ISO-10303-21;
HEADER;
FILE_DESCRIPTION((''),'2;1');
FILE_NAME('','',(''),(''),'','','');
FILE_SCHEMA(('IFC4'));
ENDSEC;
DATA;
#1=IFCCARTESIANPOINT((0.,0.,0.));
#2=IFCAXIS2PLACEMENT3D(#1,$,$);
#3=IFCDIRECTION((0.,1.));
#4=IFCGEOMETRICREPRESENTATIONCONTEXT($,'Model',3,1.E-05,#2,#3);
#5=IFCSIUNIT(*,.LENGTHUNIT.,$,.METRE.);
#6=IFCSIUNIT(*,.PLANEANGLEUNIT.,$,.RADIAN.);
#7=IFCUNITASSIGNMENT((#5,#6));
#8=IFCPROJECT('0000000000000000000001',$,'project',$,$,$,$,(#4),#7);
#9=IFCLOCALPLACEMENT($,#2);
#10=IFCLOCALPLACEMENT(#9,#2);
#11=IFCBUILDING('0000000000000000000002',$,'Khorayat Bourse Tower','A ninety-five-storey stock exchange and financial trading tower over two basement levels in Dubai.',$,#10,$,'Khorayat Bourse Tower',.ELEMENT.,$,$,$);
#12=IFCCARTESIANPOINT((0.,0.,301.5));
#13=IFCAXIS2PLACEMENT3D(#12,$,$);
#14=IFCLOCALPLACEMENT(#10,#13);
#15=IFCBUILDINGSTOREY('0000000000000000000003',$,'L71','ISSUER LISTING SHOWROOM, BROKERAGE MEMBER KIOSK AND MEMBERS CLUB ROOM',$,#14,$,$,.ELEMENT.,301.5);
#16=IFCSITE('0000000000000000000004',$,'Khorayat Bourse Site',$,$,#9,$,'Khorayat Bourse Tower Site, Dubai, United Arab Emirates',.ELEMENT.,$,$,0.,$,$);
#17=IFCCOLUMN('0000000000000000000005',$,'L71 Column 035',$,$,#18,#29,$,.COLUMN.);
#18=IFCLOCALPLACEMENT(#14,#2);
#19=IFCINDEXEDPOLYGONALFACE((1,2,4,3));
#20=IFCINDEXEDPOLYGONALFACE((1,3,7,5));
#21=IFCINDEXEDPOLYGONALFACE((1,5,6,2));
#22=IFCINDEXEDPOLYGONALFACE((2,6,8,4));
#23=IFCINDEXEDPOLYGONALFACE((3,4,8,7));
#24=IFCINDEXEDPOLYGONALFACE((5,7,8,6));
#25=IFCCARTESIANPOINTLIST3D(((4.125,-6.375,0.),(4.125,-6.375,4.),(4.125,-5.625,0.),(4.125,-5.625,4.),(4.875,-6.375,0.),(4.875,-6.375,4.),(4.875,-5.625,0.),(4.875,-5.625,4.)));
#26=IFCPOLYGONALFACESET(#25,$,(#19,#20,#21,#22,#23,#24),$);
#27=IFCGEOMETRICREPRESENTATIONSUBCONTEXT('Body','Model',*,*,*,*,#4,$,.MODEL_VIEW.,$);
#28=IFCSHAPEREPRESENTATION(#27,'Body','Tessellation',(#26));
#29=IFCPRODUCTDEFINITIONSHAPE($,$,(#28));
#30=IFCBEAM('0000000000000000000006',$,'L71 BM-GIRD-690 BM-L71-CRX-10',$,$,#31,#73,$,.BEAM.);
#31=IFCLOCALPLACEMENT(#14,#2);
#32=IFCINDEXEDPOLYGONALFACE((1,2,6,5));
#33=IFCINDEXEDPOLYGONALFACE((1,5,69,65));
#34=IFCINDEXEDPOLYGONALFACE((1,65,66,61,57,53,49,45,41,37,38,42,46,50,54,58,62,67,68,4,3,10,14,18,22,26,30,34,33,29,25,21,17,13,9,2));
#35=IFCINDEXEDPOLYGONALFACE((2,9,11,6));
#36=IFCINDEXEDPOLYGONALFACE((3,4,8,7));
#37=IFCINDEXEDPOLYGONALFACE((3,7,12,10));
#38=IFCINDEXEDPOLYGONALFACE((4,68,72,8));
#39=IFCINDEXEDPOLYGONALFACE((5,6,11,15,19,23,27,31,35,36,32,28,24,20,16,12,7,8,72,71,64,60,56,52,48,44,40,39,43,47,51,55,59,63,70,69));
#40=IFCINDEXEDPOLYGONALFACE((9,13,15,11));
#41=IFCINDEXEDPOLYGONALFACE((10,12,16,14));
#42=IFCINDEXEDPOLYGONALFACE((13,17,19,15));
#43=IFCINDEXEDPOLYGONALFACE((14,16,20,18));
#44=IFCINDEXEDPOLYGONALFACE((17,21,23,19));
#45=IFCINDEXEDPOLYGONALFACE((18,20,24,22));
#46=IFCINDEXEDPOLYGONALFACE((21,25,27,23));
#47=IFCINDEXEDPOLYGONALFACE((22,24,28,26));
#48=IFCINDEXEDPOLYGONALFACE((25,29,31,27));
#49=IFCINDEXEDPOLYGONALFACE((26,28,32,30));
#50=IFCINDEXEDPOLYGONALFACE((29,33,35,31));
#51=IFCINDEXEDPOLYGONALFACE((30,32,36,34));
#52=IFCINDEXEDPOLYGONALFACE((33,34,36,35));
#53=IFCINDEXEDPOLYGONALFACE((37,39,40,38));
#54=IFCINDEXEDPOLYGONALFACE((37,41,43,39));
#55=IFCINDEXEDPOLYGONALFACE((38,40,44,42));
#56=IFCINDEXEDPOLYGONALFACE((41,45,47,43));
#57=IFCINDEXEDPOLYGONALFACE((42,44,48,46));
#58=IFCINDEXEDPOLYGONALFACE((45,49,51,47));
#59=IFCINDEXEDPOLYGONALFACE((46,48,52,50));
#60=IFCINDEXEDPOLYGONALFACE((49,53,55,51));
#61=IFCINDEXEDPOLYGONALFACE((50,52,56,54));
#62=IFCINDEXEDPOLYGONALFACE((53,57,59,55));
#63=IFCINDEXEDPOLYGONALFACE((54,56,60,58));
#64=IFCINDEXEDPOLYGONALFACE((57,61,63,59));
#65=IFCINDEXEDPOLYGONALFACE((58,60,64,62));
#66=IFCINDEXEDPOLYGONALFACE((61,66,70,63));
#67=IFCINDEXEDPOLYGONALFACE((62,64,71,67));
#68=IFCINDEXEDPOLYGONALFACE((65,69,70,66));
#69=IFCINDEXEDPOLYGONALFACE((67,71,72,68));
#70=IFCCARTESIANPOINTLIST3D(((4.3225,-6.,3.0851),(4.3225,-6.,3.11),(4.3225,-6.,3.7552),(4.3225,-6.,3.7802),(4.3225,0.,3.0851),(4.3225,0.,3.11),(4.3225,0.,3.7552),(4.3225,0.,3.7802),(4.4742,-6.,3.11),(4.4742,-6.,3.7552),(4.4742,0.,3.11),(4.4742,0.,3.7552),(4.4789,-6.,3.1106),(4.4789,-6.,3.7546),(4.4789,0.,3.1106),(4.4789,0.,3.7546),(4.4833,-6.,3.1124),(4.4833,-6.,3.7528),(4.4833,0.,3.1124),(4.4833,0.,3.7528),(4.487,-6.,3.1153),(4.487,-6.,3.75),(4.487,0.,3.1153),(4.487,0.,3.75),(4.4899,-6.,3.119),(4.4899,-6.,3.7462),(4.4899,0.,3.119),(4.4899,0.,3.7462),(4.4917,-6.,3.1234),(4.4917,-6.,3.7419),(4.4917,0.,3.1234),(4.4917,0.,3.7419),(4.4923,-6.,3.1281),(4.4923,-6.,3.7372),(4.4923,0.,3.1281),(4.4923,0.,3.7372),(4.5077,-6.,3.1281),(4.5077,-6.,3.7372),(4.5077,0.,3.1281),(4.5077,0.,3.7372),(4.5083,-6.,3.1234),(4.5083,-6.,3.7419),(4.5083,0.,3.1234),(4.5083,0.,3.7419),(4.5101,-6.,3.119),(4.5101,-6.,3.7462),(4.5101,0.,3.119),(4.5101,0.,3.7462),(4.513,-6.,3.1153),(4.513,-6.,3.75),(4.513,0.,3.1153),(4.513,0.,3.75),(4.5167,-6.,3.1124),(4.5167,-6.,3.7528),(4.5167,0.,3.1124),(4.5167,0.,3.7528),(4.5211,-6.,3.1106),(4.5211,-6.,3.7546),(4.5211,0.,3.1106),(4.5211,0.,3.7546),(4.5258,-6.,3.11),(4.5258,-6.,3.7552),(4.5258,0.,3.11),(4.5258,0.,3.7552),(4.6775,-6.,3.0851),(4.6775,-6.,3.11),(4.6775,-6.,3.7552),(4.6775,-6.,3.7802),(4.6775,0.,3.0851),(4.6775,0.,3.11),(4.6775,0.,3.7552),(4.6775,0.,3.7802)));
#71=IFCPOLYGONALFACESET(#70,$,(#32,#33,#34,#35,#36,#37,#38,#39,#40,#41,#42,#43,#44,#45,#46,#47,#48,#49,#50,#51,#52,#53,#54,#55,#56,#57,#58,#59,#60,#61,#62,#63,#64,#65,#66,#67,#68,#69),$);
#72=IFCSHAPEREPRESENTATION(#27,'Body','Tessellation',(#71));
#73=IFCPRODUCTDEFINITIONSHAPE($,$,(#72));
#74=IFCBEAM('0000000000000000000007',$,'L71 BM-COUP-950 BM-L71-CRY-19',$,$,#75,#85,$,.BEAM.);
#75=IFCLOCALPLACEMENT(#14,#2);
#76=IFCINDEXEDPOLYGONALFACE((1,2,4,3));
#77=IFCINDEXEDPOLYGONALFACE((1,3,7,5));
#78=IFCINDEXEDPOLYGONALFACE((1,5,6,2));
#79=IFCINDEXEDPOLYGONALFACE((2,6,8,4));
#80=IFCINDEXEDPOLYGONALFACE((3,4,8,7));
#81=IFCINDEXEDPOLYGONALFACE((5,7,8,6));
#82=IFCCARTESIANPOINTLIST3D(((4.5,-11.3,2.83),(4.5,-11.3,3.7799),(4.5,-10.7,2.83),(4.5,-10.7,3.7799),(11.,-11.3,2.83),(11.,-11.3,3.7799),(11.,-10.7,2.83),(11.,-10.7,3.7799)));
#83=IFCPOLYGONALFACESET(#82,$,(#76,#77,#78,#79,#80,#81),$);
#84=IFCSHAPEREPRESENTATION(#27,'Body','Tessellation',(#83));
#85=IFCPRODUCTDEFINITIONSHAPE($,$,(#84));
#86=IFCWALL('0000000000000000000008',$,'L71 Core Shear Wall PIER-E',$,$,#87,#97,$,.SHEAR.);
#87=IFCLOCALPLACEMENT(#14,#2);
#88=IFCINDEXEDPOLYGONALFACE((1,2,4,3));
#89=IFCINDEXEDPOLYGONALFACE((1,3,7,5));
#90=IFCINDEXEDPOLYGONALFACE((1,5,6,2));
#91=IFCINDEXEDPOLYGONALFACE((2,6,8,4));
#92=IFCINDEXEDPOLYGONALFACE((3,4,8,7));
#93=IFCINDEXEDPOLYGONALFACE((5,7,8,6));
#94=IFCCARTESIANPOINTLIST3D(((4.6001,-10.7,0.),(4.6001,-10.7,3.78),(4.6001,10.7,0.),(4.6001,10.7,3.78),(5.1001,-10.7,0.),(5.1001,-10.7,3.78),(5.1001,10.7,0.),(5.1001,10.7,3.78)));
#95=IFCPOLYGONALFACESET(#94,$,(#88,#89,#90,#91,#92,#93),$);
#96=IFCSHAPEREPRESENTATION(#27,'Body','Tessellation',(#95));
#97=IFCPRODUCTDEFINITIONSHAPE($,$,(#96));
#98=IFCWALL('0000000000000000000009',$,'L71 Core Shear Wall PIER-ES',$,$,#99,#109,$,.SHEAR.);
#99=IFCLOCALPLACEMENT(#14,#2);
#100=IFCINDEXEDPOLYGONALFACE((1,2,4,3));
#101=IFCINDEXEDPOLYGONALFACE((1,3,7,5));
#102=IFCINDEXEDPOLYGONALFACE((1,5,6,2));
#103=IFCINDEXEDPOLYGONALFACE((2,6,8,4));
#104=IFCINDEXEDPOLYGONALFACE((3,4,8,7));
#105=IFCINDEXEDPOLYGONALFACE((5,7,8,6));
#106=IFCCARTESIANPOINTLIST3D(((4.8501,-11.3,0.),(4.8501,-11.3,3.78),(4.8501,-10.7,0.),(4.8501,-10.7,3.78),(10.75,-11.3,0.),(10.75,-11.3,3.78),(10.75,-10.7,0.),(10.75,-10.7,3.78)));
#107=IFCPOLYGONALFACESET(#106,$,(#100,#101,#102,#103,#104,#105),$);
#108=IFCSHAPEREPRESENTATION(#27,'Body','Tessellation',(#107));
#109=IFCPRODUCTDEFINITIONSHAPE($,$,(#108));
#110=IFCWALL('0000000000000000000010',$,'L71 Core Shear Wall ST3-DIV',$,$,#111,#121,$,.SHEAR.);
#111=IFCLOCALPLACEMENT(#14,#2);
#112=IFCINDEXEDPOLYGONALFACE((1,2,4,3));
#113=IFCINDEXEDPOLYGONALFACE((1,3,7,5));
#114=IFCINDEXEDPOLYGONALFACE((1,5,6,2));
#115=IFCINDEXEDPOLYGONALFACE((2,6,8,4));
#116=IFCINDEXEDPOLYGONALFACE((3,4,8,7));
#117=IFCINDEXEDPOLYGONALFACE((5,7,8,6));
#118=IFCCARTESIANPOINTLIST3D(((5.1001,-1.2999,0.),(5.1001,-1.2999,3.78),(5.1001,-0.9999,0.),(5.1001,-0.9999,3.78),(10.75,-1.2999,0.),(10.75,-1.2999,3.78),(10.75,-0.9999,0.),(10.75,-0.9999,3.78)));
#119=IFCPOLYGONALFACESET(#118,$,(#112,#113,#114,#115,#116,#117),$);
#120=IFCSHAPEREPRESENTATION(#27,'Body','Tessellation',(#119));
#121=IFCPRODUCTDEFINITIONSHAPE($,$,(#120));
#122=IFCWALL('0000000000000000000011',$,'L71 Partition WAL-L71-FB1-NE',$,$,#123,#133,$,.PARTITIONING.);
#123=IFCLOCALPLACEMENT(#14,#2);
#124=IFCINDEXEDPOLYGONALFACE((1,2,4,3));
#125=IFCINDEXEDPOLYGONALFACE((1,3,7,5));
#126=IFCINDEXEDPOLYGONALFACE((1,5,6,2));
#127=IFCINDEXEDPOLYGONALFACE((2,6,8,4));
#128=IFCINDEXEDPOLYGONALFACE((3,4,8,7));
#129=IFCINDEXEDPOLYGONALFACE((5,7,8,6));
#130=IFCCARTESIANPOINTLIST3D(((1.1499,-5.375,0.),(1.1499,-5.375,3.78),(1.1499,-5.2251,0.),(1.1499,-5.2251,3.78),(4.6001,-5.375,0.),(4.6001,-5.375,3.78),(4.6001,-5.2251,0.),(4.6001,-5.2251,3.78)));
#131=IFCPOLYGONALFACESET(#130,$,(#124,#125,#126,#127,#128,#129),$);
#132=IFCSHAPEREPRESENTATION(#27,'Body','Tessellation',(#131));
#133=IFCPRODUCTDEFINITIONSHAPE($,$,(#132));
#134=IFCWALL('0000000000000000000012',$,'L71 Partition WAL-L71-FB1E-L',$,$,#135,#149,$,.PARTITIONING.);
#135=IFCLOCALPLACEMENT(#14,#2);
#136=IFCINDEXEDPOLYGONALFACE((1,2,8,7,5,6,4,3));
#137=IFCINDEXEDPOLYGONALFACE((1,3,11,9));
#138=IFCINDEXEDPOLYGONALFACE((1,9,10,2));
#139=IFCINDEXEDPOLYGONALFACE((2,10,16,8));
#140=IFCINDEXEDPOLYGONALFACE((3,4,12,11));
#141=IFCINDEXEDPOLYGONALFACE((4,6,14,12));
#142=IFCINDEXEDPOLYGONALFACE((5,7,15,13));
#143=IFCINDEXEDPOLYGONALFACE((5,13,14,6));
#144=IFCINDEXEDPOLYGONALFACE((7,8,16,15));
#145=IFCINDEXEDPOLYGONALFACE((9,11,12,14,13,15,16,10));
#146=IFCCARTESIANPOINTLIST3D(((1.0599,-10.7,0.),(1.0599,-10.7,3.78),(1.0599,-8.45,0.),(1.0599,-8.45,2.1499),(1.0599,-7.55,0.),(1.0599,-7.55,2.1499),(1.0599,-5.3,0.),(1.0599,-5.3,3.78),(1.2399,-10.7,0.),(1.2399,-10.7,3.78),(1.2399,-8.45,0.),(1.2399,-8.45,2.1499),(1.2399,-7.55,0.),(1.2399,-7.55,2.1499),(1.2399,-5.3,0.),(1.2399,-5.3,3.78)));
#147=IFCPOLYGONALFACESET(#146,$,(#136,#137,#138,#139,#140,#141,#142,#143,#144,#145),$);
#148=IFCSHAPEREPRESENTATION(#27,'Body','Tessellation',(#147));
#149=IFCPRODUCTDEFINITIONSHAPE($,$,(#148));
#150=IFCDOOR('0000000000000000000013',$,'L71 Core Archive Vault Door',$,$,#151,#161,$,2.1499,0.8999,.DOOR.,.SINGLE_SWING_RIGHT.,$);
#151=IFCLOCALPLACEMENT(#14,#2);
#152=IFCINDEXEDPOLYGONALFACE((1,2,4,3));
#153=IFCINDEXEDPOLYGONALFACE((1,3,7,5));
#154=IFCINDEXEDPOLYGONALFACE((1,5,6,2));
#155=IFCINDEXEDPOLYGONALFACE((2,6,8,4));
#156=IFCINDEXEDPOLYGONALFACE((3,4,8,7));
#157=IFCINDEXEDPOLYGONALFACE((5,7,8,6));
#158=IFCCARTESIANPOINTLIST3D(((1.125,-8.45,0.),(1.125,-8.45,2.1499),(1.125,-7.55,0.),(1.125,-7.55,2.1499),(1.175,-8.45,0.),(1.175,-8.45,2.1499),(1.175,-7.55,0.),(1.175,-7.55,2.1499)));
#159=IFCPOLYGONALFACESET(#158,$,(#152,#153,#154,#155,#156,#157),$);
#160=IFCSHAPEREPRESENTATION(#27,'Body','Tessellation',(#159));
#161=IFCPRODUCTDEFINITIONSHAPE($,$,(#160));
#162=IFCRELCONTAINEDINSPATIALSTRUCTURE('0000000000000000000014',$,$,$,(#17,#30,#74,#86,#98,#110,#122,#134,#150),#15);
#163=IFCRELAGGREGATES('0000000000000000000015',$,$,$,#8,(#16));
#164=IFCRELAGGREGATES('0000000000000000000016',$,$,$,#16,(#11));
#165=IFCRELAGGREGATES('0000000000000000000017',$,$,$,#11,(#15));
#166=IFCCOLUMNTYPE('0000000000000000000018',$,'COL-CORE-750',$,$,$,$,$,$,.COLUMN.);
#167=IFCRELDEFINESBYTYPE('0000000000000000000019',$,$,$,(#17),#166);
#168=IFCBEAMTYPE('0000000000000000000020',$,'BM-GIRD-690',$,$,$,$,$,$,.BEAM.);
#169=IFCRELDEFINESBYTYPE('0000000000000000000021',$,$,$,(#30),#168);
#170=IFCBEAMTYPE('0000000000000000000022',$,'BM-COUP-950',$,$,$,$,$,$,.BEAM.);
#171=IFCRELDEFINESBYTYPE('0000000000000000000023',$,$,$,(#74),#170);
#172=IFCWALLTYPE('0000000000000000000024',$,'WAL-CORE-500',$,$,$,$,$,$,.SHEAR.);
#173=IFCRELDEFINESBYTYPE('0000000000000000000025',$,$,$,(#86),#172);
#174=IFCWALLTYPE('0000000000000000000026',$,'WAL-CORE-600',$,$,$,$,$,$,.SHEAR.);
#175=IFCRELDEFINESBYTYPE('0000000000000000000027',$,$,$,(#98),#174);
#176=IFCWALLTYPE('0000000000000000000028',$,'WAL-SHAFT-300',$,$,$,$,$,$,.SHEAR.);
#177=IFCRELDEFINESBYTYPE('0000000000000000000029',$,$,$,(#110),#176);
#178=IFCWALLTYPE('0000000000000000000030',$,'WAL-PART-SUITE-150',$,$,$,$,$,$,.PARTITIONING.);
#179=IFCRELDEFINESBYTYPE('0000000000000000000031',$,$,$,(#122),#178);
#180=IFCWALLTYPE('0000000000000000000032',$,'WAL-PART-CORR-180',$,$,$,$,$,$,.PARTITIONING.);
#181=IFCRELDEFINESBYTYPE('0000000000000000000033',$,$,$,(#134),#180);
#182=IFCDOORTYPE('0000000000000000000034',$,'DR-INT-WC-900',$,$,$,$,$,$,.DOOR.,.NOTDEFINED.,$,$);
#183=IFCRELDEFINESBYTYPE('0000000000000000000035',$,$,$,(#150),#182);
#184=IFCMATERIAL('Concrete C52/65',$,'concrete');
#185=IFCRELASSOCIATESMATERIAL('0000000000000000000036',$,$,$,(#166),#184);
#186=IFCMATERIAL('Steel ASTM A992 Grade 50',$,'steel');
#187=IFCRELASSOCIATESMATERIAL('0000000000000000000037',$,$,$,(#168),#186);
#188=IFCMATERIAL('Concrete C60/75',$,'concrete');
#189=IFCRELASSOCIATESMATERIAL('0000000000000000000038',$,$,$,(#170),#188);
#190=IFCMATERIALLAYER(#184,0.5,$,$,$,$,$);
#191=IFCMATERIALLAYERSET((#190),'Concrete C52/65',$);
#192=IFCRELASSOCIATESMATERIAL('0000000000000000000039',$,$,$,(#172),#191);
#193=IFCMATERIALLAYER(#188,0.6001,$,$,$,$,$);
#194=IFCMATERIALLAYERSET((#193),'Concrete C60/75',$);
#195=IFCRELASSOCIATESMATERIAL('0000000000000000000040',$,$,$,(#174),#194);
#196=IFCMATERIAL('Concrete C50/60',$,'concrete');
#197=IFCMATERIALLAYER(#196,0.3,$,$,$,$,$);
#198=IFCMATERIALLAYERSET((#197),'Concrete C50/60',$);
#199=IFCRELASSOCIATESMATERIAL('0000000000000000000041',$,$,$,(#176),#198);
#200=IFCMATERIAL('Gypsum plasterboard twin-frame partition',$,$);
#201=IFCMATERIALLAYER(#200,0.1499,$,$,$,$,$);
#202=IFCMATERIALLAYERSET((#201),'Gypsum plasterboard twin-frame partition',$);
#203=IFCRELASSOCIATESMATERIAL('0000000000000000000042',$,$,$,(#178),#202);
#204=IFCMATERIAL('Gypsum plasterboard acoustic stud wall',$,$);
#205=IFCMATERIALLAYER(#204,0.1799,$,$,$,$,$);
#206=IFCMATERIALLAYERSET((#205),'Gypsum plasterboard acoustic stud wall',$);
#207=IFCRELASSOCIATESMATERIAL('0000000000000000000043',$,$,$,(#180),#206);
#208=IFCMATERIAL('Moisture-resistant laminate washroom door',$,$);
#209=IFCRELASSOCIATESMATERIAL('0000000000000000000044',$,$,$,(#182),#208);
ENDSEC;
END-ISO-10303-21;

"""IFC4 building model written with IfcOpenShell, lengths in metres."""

from ifc_helpers import new_model, si_unit, direction, frame, frame_2d, origin, origin_2d, place, context, subcontext, project, spatial, rectangle, i_section, extrude, source, transform, mapped, material, layer, layer_set, material_profile, profile_set, type_object, element, fill, save


model = new_model("IFC4")

# Units and contexts
model_context = context("Model", 3, precision=1e-05, world=origin(), true_north=direction((0.0, 1.0)))
body_context = subcontext(model_context, "Body", "Model", "MODEL_VIEW")
ifc_project = project(units=[si_unit("LENGTHUNIT", "METRE"), si_unit("PLANEANGLEUNIT", "RADIAN")], contexts=[model_context])

# Site, building, storey
site_placement = place(None, origin())
site = spatial("IfcSite", under=ifc_project, at=site_placement, Name="Khorayat Bourse Site", LongName="Khorayat Bourse Tower Site, Dubai, United Arab Emirates", CompositionType="ELEMENT", RefElevation=0.0)
building_placement = place(site_placement, origin())
building = spatial("IfcBuilding", under=site, at=building_placement, Name="Khorayat Bourse Tower", Description="A ninety-five-storey stock exchange and financial trading tower over two basement levels in Dubai.", LongName="Khorayat Bourse Tower", CompositionType="ELEMENT")
storey_placement = place(building_placement, frame((0.0, 0.0, 301.5)))
storey = spatial("IfcBuildingStorey", under=building, at=storey_placement, Name="L71", Description="ISSUER LISTING SHOWROOM, BROKERAGE MEMBER KIOSK AND MEMBERS CLUB ROOM", CompositionType="ELEMENT", Elevation=301.5)

# Column
ifc_material_1 = material(Name="Concrete C52/65", Category="concrete")
ifc_material_profile_1 = material_profile(ifc_material_1, rectangle(XDim=0.75, YDim=0.75, at=origin_2d()), Name="RC 750x750")
ifc_profile_set_1 = profile_set([ifc_material_profile_1], Name="Concrete C52/65")
column_type = type_object("IfcColumnType", Name="COL-CORE-750", PredefinedType="COLUMN", material=ifc_profile_set_1)
shared_shape_1 = source(origin(), body_context, "Body", "SweptSolid", [
    extrude(rectangle(XDim=0.75, YDim=0.75, at=origin_2d()), origin(), (0.0, 0.0, 1.0), 4.0),
])
column_placement = place(storey_placement, frame((4.5, -6.0, 0.0), z_axis=(0.0, 0.0, 1.0), x_axis=(1.0, 0.0, 0.0)))
element("IfcColumn", 1, at=column_placement, inside=storey, type_object=column_type, Name="L71 Column 035", PredefinedType="COLUMN", context=body_context, shape_type="MappedRepresentation", body=[
    mapped(shared_shape_1, transform((0.0, 0.0, 0.0), scale=1.0)),
])

# Beams
ifc_material_2 = material(Name="Steel ASTM A992 Grade 50", Category="steel")
ifc_material_profile_2 = material_profile(ifc_material_2, i_section(OverallWidth=0.355, OverallDepth=0.6951, WebThickness=0.0154, FlangeThickness=0.0249, FilletRadius=0.0181, at=origin_2d()), Name="W690X217")
ifc_profile_set_2 = profile_set([ifc_material_profile_2], Name="Steel ASTM A992 Grade 50")
beam_type_1 = type_object("IfcBeamType", Name="BM-GIRD-690", PredefinedType="BEAM", material=ifc_profile_set_2)
shared_shape_2 = source(origin(), body_context, "Body", "SweptSolid", [
    extrude(i_section(OverallWidth=0.355, OverallDepth=0.6951, WebThickness=0.0154, FlangeThickness=0.0249, FilletRadius=0.0181, at=origin_2d()), origin(), (0.0, 0.0, 1.0), 6.0),
])
beam_1_placement = place(storey_placement, frame((4.5, -6.0, 3.4326), z_axis=(0.0, 1.0, 0.0), x_axis=(-1.0, 0.0, 0.0)))
element("IfcBeam", 2, at=beam_1_placement, inside=storey, type_object=beam_type_1, Name="L71 BM-GIRD-690 BM-L71-CRX-10", PredefinedType="BEAM", context=body_context, shape_type="MappedRepresentation", body=[
    mapped(shared_shape_2, transform((0.0, 0.0, 0.0), scale=1.0)),
])
ifc_material_3 = material(Name="Concrete C60/75", Category="concrete")
ifc_material_profile_3 = material_profile(ifc_material_3, rectangle(XDim=0.6001, YDim=0.95, at=origin_2d()), Name="RC 600x950")
ifc_profile_set_3 = profile_set([ifc_material_profile_3], Name="Concrete C60/75")
beam_type_2 = type_object("IfcBeamType", Name="BM-COUP-950", PredefinedType="BEAM", material=ifc_profile_set_3)
shared_shape_3 = source(origin(), body_context, "Body", "SweptSolid", [
    extrude(rectangle(XDim=0.6001, YDim=0.95, at=origin_2d()), origin(), (0.0, 0.0, 1.0), 6.5),
])
beam_2_placement = place(storey_placement, frame((4.5, -11.0, 3.3049), z_axis=(1.0, 0.0, 0.0), x_axis=(0.0, 1.0, 0.0)))
element("IfcBeam", 3, at=beam_2_placement, inside=storey, type_object=beam_type_2, Name="L71 BM-COUP-950 BM-L71-CRY-19", PredefinedType="BEAM", context=body_context, shape_type="MappedRepresentation", body=[
    mapped(shared_shape_3, transform((0.0, 0.0, 0.0), scale=1.0)),
])

# Walls
ifc_layer_1 = layer(ifc_material_1, 0.5)
ifc_layer_set_1 = layer_set([ifc_layer_1], Name="Concrete C52/65")
wall_type_1 = type_object("IfcWallType", Name="WAL-CORE-500", PredefinedType="SHEAR", material=ifc_layer_set_1)
shared_shape_4 = source(origin(), body_context, "Body", "SweptSolid", [
    extrude(rectangle(XDim=21.3999, YDim=0.5, at=frame_2d((10.7, 0.0))), origin(), (0.0, 0.0, 1.0), 3.78),
])
wall_1_placement = place(storey_placement, frame((4.8501, -10.7, 0.0), z_axis=(0.0, 0.0, 1.0), x_axis=(0.0, 1.0, 0.0)))
element("IfcWall", 4, at=wall_1_placement, inside=storey, type_object=wall_type_1, Name="L71 Core Shear Wall PIER-E", PredefinedType="SHEAR", context=body_context, shape_type="MappedRepresentation", body=[
    mapped(shared_shape_4, transform((0.0, 0.0, 0.0), scale=1.0)),
])
ifc_layer_2 = layer(ifc_material_3, 0.6001)
ifc_layer_set_2 = layer_set([ifc_layer_2], Name="Concrete C60/75")
wall_type_2 = type_object("IfcWallType", Name="WAL-CORE-600", PredefinedType="SHEAR", material=ifc_layer_set_2)
shared_shape_5 = source(origin(), body_context, "Body", "SweptSolid", [
    extrude(rectangle(XDim=5.8999, YDim=0.6001, at=frame_2d((2.95, 0.0))), origin(), (0.0, 0.0, 1.0), 3.78),
])
wall_2_placement = place(storey_placement, frame((4.8501, -11.0, 0.0), z_axis=(0.0, 0.0, 1.0), x_axis=(1.0, 0.0, 0.0)))
element("IfcWall", 5, at=wall_2_placement, inside=storey, type_object=wall_type_2, Name="L71 Core Shear Wall PIER-ES", PredefinedType="SHEAR", context=body_context, shape_type="MappedRepresentation", body=[
    mapped(shared_shape_5, transform((0.0, 0.0, 0.0), scale=1.0)),
])
ifc_material_4 = material(Name="Concrete C50/60", Category="concrete")
ifc_layer_3 = layer(ifc_material_4, 0.3)
ifc_layer_set_3 = layer_set([ifc_layer_3], Name="Concrete C50/60")
wall_type_3 = type_object("IfcWallType", Name="WAL-SHAFT-300", PredefinedType="SHEAR", material=ifc_layer_set_3)
shared_shape_6 = source(origin(), body_context, "Body", "SweptSolid", [
    extrude(rectangle(XDim=5.6499, YDim=0.3, at=frame_2d((2.825, 0.0))), origin(), (0.0, 0.0, 1.0), 3.78),
])
wall_3_placement = place(storey_placement, frame((5.1001, -1.1499, 0.0), z_axis=(0.0, 0.0, 1.0), x_axis=(1.0, 0.0, 0.0)))
element("IfcWall", 6, at=wall_3_placement, inside=storey, type_object=wall_type_3, Name="L71 Core Shear Wall ST3-DIV", PredefinedType="SHEAR", context=body_context, shape_type="MappedRepresentation", body=[
    mapped(shared_shape_6, transform((0.0, 0.0, 0.0), scale=1.0)),
])
ifc_material_5 = material(Name="Gypsum plasterboard twin-frame partition")
ifc_layer_4 = layer(ifc_material_5, 0.1499)
ifc_layer_set_4 = layer_set([ifc_layer_4], Name="Gypsum plasterboard twin-frame partition")
wall_type_4 = type_object("IfcWallType", Name="WAL-PART-SUITE-150", PredefinedType="PARTITIONING", material=ifc_layer_set_4)
shared_shape_7 = source(origin(), body_context, "Body", "SweptSolid", [
    extrude(rectangle(XDim=3.4502, YDim=0.1499, at=frame_2d((1.7251, 0.0))), origin(), (0.0, 0.0, 1.0), 3.78),
])
wall_4_placement = place(storey_placement, frame((1.1499, -5.3, 0.0), z_axis=(0.0, 0.0, 1.0), x_axis=(1.0, 0.0, 0.0)))
element("IfcWall", 7, at=wall_4_placement, inside=storey, type_object=wall_type_4, Name="L71 Partition WAL-L71-FB1-NE", PredefinedType="PARTITIONING", context=body_context, shape_type="MappedRepresentation", body=[
    mapped(shared_shape_7, transform((0.0, 0.0, 0.0), scale=1.0)),
])

# Shared definitions
ifc_material_6 = material(Name="Gypsum plasterboard acoustic stud wall")
ifc_layer_5 = layer(ifc_material_6, 0.1799)
ifc_layer_set_5 = layer_set([ifc_layer_5], Name="Gypsum plasterboard acoustic stud wall")
wall_type_5 = type_object("IfcWallType", Name="WAL-PART-CORR-180", PredefinedType="PARTITIONING", material=ifc_layer_set_5)
shared_shape_8 = source(origin(), body_context, "Body", "SweptSolid", [
    extrude(rectangle(XDim=5.3999, YDim=0.1799, at=frame_2d((2.7, 0.0))), origin(), (0.0, 0.0, 1.0), 3.78),
])
shared_shape_9 = source(origin(), body_context, "Body", "SweptSolid", [
    extrude(rectangle(XDim=0.8999, YDim=2.1499, at=frame_2d((0.45, 1.075))), frame((0.0, 0.0999, 0.0), z_axis=(0.0, -1.0, 0.0), x_axis=(1.0, 0.0, 0.0)), (0.0, 0.0, 1.0), 0.2),
])
ifc_material_7 = material(Name="Moisture-resistant laminate washroom door")
door_type = type_object("IfcDoorType", Name="DR-INT-WC-900", OperationType="NOTDEFINED", PredefinedType="DOOR", material=ifc_material_7)
shared_shape_10 = source(origin(), body_context, "Body", "SweptSolid", [
    extrude(rectangle(XDim=0.8999, YDim=2.1499, at=frame_2d((0.45, 1.075))), frame((0.0, 0.0249, 0.0), z_axis=(0.0, -1.0, 0.0), x_axis=(1.0, 0.0, 0.0)), (0.0, 0.0, 1.0), 0.05),
])

# Wall, opening, door
wall_5_placement = place(storey_placement, frame((1.1499, -10.7, 0.0), z_axis=(0.0, 0.0, 1.0), x_axis=(0.0, 1.0, 0.0)))
wall_5 = element("IfcWall", 8, at=wall_5_placement, inside=storey, type_object=wall_type_5, Name="L71 Partition WAL-L71-FB1E-L", PredefinedType="PARTITIONING", context=body_context, shape_type="MappedRepresentation", body=[
    mapped(shared_shape_8, transform((0.0, 0.0, 0.0), scale=1.0)),
])
opening_1_placement = place(wall_5_placement, frame((2.25, 0.0, 0.0)))
opening_1 = element("IfcOpeningElement", 9, at=opening_1_placement, cuts=wall_5, PredefinedType="OPENING", context=body_context, shape_type="MappedRepresentation", body=[
    mapped(shared_shape_9, transform((0.0, 0.0, 0.0), scale=1.0)),
])
door_1_placement = place(opening_1_placement, origin())
door_1 = element("IfcDoor", 10, at=door_1_placement, inside=storey, type_object=door_type, Name="L71 Core Archive Vault Door", OperationType="SINGLE_SWING_RIGHT", OverallHeight=2.1499, OverallWidth=0.8999, PredefinedType="DOOR", context=body_context, shape_type="MappedRepresentation", body=[
    mapped(shared_shape_10, transform((0.0, 0.0, 0.0), scale=1.0)),
])
fill(opening_1, door_1)

save(model, "model.ifc")
